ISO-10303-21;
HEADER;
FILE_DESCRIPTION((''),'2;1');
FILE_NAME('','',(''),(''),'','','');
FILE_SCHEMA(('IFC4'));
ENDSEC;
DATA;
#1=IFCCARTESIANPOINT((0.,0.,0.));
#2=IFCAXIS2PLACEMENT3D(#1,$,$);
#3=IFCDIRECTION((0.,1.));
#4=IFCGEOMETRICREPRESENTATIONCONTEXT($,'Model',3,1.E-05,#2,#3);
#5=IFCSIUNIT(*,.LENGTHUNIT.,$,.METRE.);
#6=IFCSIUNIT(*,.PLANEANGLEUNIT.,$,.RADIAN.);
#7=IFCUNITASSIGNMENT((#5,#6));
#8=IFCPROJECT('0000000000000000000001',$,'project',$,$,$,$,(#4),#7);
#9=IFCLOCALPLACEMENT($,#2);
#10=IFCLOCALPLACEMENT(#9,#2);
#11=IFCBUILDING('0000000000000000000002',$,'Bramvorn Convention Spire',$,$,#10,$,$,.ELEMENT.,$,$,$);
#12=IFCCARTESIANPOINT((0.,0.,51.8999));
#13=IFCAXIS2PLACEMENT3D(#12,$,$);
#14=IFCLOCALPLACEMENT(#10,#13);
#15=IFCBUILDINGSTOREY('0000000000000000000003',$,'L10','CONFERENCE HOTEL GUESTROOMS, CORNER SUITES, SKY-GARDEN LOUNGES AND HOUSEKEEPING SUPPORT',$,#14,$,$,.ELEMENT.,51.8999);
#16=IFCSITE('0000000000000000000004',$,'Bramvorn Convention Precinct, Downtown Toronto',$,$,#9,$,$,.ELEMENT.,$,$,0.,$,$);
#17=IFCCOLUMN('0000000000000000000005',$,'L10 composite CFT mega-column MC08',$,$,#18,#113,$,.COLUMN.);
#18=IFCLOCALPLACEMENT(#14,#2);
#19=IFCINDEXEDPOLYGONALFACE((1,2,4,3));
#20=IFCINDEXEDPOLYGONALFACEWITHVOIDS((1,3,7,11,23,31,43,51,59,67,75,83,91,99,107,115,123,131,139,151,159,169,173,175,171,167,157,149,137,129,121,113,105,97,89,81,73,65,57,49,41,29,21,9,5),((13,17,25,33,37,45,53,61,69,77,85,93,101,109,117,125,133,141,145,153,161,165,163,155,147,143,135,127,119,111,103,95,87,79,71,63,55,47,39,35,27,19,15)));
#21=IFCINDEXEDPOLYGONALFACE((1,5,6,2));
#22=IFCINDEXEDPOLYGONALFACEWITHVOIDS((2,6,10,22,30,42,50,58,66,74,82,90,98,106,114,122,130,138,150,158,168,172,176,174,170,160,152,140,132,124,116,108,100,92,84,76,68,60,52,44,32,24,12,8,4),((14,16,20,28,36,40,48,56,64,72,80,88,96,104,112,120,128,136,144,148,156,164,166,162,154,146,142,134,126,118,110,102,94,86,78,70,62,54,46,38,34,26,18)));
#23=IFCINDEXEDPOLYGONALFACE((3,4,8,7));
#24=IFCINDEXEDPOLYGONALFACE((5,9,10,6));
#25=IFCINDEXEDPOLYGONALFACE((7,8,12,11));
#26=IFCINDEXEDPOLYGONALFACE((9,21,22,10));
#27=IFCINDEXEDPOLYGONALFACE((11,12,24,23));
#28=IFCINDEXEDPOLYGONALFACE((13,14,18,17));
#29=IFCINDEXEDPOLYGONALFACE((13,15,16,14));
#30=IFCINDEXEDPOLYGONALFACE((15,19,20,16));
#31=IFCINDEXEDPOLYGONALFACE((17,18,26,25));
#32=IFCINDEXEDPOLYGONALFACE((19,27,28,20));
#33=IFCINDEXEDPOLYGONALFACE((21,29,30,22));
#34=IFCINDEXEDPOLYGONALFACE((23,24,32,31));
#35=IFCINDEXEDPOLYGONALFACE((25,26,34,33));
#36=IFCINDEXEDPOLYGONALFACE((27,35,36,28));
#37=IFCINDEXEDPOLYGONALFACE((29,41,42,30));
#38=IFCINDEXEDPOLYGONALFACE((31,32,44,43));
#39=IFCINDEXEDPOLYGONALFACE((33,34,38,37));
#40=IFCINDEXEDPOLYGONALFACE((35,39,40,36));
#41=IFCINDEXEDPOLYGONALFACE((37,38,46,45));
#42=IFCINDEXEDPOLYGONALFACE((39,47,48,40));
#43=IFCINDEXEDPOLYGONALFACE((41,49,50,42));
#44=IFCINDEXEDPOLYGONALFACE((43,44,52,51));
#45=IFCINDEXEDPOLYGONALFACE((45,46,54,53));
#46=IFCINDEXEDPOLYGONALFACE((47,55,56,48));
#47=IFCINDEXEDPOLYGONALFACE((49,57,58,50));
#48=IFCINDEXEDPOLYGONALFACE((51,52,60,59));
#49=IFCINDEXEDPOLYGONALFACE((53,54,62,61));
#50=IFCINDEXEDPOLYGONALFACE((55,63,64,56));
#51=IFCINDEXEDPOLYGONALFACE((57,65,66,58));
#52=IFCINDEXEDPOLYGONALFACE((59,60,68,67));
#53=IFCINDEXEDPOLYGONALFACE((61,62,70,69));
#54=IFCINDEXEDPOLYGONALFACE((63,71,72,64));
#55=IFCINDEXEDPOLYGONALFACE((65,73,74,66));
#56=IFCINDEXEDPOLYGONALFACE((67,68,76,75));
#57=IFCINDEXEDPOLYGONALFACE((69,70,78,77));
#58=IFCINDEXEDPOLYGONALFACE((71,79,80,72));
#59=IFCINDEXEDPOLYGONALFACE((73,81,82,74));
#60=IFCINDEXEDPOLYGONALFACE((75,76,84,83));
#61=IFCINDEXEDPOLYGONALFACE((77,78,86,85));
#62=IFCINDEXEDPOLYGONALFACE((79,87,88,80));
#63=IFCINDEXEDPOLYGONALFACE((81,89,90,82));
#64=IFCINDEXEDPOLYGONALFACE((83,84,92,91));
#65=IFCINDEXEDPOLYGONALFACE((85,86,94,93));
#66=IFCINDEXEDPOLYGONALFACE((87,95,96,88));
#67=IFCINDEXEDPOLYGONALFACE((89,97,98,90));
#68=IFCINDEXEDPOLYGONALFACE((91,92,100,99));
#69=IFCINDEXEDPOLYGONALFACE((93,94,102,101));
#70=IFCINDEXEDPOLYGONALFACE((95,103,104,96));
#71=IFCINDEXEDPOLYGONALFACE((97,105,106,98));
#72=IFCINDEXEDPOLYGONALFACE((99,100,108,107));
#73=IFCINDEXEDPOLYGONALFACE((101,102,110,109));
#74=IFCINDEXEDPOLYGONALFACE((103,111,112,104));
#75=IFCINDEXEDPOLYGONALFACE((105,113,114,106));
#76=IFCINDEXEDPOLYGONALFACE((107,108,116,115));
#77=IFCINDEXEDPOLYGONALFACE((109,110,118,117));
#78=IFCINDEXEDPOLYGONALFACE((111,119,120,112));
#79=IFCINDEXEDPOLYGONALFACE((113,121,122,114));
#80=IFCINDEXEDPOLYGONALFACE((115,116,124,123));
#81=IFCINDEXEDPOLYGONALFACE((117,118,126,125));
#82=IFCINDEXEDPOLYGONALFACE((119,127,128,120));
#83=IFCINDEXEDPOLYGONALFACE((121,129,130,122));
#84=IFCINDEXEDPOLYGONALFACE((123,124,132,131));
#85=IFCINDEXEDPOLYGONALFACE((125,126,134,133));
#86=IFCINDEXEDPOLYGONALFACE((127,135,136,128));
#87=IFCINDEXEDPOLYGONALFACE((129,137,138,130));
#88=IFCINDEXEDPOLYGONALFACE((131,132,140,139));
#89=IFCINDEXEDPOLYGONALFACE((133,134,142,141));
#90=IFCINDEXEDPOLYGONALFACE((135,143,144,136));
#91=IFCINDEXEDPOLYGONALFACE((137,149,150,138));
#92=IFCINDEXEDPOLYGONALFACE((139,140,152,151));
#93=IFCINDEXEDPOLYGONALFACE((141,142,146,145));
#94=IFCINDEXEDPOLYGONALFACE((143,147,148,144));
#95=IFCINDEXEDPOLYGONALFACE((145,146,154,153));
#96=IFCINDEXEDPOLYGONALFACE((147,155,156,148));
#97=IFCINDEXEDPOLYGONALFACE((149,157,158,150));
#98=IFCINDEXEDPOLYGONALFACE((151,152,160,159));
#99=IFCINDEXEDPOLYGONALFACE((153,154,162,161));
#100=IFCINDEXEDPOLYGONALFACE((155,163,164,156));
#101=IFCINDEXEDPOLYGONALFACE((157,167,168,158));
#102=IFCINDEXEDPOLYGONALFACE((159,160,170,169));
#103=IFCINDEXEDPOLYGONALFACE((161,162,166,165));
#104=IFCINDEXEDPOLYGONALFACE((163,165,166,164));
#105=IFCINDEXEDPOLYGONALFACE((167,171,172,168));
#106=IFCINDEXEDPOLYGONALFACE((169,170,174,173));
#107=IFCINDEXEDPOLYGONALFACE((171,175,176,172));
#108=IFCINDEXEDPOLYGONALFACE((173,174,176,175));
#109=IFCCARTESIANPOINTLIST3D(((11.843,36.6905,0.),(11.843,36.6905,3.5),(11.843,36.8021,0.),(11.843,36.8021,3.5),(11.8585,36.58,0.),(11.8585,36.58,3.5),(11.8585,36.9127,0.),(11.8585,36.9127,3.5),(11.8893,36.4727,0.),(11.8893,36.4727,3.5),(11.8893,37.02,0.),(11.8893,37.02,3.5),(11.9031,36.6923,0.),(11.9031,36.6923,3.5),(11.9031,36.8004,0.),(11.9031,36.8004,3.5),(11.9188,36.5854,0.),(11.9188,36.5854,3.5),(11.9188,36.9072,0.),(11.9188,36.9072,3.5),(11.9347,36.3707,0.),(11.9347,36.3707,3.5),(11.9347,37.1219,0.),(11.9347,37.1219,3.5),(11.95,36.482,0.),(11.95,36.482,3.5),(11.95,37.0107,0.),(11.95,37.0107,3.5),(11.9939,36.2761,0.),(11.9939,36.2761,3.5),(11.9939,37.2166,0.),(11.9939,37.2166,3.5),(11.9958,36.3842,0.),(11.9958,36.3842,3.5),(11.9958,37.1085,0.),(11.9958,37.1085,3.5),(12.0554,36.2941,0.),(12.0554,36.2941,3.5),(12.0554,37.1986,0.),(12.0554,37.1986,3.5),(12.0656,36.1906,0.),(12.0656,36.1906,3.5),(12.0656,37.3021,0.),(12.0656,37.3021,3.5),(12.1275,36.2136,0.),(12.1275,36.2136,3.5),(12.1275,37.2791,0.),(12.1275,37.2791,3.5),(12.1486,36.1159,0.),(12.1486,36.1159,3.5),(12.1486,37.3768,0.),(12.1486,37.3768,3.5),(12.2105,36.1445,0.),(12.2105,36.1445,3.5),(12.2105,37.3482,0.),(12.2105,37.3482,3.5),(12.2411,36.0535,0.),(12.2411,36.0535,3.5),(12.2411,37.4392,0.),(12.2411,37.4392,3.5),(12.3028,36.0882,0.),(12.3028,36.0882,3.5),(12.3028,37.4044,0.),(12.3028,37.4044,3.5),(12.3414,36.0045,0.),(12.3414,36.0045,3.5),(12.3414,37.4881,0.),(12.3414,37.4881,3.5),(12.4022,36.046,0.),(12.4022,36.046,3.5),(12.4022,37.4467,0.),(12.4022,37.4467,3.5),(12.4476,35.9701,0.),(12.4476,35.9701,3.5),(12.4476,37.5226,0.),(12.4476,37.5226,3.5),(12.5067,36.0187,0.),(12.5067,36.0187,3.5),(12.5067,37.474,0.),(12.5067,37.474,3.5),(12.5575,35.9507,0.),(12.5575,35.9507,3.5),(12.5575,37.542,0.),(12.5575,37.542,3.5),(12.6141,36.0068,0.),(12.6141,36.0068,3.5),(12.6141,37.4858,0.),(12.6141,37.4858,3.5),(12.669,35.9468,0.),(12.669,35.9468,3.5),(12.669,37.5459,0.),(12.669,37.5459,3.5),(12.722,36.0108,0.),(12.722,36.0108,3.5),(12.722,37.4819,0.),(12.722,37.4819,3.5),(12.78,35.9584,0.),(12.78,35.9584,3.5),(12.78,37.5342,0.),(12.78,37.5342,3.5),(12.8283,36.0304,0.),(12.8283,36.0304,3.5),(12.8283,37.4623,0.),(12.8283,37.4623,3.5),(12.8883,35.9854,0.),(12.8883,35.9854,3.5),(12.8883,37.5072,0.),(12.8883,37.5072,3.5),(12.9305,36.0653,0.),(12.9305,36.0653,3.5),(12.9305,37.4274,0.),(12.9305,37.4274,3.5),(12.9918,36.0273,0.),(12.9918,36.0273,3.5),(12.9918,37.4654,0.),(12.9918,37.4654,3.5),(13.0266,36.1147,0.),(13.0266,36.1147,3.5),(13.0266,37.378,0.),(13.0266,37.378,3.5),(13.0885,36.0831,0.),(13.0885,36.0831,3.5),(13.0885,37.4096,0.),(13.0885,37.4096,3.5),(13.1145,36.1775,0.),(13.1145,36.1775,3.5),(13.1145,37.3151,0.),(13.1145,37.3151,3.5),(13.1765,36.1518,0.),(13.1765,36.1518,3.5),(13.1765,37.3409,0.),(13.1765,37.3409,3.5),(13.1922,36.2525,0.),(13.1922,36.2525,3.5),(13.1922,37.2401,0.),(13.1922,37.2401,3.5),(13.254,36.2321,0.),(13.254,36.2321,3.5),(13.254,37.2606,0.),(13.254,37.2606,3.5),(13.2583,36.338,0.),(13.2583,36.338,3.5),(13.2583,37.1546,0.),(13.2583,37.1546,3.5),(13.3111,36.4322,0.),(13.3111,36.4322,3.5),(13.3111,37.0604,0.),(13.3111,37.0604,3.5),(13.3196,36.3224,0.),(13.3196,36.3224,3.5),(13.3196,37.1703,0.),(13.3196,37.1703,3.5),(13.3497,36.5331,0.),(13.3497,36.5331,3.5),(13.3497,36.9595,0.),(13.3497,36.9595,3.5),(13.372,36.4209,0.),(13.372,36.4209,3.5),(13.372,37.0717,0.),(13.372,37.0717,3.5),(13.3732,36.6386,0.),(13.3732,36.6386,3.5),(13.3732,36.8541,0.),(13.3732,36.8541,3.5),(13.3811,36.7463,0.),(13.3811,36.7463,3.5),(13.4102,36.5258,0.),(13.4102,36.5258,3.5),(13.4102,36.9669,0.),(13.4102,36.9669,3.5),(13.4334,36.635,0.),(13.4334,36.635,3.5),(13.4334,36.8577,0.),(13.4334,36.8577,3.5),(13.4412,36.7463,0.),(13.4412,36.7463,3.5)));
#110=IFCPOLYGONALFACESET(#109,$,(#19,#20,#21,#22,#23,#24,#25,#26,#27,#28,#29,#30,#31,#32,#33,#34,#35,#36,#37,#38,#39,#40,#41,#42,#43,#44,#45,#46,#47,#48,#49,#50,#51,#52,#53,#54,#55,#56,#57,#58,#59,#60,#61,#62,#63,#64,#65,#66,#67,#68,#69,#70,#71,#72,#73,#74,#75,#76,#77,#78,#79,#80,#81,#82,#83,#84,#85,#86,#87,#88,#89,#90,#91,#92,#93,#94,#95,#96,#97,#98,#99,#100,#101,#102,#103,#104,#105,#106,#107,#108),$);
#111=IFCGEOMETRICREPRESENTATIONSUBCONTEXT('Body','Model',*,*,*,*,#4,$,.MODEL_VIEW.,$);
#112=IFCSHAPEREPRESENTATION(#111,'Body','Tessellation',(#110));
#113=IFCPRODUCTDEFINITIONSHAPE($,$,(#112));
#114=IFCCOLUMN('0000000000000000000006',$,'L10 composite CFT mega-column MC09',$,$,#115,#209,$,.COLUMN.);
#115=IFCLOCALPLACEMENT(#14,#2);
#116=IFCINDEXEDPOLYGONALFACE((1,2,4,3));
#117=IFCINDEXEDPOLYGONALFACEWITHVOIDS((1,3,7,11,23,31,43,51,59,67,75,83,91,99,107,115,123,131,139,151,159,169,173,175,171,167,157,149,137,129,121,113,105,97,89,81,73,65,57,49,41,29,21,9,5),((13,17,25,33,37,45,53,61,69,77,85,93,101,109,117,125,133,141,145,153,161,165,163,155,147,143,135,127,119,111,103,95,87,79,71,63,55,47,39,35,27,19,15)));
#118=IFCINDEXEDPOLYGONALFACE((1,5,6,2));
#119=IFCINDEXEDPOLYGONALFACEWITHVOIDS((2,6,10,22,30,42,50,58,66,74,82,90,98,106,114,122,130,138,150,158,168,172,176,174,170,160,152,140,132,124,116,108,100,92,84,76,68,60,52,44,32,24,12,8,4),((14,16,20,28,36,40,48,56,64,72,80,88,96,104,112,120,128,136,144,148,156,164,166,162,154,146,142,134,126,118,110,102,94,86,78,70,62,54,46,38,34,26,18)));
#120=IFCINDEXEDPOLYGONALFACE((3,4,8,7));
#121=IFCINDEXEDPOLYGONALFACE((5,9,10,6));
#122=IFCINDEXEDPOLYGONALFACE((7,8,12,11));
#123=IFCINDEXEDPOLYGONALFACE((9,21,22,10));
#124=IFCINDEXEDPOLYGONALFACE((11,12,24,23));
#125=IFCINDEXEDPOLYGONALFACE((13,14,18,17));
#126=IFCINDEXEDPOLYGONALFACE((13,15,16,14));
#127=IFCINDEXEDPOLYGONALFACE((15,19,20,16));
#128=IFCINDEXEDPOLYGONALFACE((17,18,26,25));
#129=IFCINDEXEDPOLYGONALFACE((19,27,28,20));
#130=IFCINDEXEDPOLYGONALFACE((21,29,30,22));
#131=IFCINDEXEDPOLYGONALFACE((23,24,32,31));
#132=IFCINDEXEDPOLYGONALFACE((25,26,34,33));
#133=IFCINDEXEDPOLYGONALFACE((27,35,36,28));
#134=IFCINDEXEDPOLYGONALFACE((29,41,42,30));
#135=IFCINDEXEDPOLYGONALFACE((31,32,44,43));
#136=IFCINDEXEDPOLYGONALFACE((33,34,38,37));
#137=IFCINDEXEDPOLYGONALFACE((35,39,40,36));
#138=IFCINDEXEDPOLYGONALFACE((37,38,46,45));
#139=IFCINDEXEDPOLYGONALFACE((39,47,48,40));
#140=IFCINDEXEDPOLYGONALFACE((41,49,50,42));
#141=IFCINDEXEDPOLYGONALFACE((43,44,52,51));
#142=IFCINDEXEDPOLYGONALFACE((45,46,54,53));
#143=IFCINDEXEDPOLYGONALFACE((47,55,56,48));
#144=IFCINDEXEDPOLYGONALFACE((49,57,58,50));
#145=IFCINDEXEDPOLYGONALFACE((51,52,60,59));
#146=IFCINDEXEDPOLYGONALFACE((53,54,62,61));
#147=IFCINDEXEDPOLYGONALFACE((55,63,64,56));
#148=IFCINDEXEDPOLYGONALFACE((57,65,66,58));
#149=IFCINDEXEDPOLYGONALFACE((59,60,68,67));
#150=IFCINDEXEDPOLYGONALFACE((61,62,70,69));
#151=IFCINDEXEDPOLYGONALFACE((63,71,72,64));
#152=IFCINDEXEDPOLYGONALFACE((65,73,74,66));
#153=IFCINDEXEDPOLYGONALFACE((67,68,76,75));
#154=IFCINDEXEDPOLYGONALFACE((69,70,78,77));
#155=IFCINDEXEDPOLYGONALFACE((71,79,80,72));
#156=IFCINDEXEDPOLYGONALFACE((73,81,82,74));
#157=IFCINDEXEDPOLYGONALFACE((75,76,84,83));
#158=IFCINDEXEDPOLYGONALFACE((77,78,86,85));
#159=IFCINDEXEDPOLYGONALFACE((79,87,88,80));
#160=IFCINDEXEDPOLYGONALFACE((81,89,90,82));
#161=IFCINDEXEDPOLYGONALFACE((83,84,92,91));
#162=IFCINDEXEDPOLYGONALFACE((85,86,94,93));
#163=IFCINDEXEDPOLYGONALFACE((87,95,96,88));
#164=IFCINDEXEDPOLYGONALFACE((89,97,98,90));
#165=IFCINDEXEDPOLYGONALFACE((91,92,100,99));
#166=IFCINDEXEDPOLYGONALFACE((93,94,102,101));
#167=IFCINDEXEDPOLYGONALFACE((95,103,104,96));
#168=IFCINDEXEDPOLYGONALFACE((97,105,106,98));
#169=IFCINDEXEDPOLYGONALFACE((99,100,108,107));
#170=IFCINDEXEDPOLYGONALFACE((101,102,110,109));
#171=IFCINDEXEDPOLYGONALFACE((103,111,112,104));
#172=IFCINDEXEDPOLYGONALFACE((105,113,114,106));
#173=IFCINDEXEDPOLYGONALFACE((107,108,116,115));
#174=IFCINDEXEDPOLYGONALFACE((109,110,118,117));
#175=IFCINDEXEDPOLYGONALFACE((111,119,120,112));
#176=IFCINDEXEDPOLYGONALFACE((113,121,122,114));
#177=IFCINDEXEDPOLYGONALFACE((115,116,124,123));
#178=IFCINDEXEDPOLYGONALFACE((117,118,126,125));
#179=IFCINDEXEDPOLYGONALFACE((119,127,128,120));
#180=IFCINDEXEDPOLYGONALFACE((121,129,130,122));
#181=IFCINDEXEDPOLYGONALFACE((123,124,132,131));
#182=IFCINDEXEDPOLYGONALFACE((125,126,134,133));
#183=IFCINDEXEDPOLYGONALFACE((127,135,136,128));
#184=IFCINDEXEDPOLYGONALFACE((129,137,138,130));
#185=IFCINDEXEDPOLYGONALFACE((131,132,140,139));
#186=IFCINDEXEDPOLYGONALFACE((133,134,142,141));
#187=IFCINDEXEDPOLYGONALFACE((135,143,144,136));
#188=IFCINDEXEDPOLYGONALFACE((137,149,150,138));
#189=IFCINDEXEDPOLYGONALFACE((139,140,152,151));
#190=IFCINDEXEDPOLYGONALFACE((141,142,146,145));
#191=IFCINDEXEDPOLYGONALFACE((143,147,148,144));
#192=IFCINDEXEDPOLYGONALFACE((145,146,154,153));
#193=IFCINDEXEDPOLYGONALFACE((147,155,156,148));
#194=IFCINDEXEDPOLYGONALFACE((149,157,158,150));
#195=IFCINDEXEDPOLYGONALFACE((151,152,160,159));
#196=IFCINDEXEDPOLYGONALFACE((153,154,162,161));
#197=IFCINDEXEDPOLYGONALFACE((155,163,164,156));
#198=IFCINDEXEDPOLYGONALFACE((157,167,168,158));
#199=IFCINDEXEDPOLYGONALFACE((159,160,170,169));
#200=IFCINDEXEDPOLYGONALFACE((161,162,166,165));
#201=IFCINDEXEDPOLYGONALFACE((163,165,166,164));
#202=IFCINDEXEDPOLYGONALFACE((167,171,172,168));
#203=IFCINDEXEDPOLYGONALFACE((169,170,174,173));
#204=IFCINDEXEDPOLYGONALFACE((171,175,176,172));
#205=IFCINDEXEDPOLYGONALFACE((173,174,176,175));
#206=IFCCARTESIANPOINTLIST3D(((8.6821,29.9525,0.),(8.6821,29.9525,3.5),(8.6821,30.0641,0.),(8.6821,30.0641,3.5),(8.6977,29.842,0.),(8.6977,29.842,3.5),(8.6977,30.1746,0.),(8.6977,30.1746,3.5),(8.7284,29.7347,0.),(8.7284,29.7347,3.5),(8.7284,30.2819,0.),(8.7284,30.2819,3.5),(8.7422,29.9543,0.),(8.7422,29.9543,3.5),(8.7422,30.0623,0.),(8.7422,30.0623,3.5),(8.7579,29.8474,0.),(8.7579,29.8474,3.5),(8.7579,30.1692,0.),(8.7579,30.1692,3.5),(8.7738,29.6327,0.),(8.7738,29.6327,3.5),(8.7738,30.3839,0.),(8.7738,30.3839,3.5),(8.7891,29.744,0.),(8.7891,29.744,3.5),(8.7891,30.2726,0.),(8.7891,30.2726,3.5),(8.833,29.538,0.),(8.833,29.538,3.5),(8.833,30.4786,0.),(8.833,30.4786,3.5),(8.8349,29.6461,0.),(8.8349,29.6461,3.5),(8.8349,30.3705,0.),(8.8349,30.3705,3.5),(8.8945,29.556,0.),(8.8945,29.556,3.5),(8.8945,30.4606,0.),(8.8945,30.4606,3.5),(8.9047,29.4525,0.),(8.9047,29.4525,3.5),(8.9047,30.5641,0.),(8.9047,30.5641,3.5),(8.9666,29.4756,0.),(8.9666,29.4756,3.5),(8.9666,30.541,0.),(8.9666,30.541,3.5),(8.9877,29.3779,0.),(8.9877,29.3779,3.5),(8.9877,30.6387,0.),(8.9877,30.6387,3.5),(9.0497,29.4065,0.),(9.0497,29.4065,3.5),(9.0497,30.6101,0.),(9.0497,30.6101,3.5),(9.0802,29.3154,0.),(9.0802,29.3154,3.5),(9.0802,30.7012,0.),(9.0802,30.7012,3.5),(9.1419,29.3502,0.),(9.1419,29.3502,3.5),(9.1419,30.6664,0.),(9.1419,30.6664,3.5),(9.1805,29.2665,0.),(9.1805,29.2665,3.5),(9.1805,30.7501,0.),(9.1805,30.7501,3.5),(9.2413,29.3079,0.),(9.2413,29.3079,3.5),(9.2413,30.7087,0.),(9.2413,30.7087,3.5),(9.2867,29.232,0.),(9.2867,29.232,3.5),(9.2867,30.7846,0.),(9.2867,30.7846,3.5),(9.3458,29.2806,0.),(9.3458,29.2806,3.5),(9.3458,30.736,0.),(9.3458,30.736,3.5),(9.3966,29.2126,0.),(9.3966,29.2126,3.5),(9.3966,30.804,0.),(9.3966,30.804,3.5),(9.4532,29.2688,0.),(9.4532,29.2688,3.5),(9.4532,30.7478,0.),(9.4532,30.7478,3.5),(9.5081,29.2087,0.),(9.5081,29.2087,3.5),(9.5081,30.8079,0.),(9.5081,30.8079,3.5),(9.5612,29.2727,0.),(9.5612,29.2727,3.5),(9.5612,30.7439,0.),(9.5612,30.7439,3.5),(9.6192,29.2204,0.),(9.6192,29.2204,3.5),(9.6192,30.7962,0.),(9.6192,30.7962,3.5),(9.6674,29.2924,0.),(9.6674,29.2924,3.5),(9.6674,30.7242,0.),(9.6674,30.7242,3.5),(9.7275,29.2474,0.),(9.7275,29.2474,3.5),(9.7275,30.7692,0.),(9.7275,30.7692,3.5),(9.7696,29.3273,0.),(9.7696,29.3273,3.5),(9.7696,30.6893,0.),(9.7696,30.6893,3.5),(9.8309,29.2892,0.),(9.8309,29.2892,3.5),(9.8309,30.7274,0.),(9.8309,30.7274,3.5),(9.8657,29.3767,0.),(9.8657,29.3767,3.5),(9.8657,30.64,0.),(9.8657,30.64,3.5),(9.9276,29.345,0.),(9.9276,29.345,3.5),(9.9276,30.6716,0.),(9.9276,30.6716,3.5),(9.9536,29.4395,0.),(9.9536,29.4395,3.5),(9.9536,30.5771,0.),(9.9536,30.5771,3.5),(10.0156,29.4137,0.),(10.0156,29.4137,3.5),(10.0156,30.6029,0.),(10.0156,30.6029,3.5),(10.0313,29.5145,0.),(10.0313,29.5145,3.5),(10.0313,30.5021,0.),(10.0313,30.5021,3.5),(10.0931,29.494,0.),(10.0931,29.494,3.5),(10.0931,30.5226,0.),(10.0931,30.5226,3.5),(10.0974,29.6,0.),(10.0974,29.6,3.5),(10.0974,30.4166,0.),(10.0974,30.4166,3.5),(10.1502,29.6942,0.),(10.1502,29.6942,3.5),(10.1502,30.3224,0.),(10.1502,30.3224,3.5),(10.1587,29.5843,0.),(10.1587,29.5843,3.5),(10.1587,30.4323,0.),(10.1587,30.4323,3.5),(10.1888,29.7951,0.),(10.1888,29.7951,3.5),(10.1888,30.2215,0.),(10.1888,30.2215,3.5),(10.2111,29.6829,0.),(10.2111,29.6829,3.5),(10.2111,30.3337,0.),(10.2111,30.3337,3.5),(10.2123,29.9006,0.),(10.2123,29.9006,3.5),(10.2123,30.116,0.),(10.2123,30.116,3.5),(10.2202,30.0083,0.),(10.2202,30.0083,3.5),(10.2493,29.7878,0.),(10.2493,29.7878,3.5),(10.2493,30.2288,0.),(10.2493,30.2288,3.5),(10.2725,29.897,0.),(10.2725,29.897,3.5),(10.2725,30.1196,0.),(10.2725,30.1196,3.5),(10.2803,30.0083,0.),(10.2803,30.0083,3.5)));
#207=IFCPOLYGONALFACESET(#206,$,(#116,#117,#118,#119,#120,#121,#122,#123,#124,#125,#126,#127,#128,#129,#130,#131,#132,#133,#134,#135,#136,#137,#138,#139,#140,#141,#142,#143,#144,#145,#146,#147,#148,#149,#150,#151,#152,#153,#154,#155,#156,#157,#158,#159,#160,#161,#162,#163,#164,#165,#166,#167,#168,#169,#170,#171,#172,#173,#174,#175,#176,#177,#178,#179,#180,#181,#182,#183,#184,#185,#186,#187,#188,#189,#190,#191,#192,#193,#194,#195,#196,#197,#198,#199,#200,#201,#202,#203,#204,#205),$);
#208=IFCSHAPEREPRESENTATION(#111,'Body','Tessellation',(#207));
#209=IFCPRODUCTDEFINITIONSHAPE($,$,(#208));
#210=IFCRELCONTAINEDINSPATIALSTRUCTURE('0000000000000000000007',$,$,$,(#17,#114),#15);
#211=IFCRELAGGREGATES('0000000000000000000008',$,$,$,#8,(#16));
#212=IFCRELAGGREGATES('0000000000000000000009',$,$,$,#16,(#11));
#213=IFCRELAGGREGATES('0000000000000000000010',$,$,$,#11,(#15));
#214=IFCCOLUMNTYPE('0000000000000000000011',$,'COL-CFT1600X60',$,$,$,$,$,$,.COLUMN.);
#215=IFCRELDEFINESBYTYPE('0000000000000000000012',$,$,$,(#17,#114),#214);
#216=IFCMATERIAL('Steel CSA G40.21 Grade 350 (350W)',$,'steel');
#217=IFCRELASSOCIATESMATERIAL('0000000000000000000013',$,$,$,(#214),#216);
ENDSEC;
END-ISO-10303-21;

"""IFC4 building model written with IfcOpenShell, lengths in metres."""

from ifc_helpers import new_model, si_unit, direction, frame, origin, origin_2d, place, context, subcontext, project, spatial, hollow_circle, extrude, material, material_profile, profile_set, type_object, element, save


model = new_model("IFC4")

# Units and contexts
model_context = context("Model", 3, precision=1e-05, world=origin(), true_north=direction((0.0, 1.0)))
body_context = subcontext(model_context, "Body", "Model", "MODEL_VIEW")
ifc_project = project(units=[si_unit("LENGTHUNIT", "METRE"), si_unit("PLANEANGLEUNIT", "RADIAN")], contexts=[model_context])

# Site, building, storey
site_placement = place(None, origin())
site = spatial("IfcSite", under=ifc_project, at=site_placement, Name="Bramvorn Convention Precinct, Downtown Toronto", CompositionType="ELEMENT", RefElevation=0.0)
building_placement = place(site_placement, origin())
building = spatial("IfcBuilding", under=site, at=building_placement, Name="Bramvorn Convention Spire", CompositionType="ELEMENT")
storey_placement = place(building_placement, frame((0.0, 0.0, 51.8999)))
storey = spatial("IfcBuildingStorey", under=building, at=storey_placement, Name="L10", Description="CONFERENCE HOTEL GUESTROOMS, CORNER SUITES, SKY-GARDEN LOUNGES AND HOUSEKEEPING SUPPORT", CompositionType="ELEMENT", Elevation=51.8999)

# Columns
ifc_material_1 = material(Name="Steel CSA G40.21 Grade 350 (350W)", Category="steel")
ifc_material_profile_1 = material_profile(ifc_material_1, hollow_circle(Radius=0.8, WallThickness=0.0601, at=origin_2d()))
ifc_profile_set_1 = profile_set([ifc_material_profile_1], Name="Steel CSA G40.21 Grade 350 (350W) - CFT1600X60")
column_type = type_object("IfcColumnType", Name="COL-CFT1600X60", PredefinedType="COLUMN", material=ifc_profile_set_1)
for number, where, z_axis, x_axis, name in (
    (1, (12.6411, 36.7463, 0.0), (0.0, 0.0, 1.0), (1.0, 0.0, 0.0), "L10 composite CFT mega-column MC08"),
    (2, (9.4802, 30.0083, 0.0), (0.0, 0.0, 1.0), (1.0, 0.0, 0.0), "L10 composite CFT mega-column MC09"),
):
    element("IfcColumn", number, at=place(storey_placement, frame(where, z_axis=z_axis, x_axis=x_axis)), inside=storey, type_object=column_type, Name=name, PredefinedType="COLUMN", context=body_context, shape_type="SweptSolid", body=[
        extrude(hollow_circle(Radius=0.8, WallThickness=0.0601, at=origin_2d()), origin(), (0.0, 0.0, 1.0), 3.5),
    ])

save(model, "model.ifc")
